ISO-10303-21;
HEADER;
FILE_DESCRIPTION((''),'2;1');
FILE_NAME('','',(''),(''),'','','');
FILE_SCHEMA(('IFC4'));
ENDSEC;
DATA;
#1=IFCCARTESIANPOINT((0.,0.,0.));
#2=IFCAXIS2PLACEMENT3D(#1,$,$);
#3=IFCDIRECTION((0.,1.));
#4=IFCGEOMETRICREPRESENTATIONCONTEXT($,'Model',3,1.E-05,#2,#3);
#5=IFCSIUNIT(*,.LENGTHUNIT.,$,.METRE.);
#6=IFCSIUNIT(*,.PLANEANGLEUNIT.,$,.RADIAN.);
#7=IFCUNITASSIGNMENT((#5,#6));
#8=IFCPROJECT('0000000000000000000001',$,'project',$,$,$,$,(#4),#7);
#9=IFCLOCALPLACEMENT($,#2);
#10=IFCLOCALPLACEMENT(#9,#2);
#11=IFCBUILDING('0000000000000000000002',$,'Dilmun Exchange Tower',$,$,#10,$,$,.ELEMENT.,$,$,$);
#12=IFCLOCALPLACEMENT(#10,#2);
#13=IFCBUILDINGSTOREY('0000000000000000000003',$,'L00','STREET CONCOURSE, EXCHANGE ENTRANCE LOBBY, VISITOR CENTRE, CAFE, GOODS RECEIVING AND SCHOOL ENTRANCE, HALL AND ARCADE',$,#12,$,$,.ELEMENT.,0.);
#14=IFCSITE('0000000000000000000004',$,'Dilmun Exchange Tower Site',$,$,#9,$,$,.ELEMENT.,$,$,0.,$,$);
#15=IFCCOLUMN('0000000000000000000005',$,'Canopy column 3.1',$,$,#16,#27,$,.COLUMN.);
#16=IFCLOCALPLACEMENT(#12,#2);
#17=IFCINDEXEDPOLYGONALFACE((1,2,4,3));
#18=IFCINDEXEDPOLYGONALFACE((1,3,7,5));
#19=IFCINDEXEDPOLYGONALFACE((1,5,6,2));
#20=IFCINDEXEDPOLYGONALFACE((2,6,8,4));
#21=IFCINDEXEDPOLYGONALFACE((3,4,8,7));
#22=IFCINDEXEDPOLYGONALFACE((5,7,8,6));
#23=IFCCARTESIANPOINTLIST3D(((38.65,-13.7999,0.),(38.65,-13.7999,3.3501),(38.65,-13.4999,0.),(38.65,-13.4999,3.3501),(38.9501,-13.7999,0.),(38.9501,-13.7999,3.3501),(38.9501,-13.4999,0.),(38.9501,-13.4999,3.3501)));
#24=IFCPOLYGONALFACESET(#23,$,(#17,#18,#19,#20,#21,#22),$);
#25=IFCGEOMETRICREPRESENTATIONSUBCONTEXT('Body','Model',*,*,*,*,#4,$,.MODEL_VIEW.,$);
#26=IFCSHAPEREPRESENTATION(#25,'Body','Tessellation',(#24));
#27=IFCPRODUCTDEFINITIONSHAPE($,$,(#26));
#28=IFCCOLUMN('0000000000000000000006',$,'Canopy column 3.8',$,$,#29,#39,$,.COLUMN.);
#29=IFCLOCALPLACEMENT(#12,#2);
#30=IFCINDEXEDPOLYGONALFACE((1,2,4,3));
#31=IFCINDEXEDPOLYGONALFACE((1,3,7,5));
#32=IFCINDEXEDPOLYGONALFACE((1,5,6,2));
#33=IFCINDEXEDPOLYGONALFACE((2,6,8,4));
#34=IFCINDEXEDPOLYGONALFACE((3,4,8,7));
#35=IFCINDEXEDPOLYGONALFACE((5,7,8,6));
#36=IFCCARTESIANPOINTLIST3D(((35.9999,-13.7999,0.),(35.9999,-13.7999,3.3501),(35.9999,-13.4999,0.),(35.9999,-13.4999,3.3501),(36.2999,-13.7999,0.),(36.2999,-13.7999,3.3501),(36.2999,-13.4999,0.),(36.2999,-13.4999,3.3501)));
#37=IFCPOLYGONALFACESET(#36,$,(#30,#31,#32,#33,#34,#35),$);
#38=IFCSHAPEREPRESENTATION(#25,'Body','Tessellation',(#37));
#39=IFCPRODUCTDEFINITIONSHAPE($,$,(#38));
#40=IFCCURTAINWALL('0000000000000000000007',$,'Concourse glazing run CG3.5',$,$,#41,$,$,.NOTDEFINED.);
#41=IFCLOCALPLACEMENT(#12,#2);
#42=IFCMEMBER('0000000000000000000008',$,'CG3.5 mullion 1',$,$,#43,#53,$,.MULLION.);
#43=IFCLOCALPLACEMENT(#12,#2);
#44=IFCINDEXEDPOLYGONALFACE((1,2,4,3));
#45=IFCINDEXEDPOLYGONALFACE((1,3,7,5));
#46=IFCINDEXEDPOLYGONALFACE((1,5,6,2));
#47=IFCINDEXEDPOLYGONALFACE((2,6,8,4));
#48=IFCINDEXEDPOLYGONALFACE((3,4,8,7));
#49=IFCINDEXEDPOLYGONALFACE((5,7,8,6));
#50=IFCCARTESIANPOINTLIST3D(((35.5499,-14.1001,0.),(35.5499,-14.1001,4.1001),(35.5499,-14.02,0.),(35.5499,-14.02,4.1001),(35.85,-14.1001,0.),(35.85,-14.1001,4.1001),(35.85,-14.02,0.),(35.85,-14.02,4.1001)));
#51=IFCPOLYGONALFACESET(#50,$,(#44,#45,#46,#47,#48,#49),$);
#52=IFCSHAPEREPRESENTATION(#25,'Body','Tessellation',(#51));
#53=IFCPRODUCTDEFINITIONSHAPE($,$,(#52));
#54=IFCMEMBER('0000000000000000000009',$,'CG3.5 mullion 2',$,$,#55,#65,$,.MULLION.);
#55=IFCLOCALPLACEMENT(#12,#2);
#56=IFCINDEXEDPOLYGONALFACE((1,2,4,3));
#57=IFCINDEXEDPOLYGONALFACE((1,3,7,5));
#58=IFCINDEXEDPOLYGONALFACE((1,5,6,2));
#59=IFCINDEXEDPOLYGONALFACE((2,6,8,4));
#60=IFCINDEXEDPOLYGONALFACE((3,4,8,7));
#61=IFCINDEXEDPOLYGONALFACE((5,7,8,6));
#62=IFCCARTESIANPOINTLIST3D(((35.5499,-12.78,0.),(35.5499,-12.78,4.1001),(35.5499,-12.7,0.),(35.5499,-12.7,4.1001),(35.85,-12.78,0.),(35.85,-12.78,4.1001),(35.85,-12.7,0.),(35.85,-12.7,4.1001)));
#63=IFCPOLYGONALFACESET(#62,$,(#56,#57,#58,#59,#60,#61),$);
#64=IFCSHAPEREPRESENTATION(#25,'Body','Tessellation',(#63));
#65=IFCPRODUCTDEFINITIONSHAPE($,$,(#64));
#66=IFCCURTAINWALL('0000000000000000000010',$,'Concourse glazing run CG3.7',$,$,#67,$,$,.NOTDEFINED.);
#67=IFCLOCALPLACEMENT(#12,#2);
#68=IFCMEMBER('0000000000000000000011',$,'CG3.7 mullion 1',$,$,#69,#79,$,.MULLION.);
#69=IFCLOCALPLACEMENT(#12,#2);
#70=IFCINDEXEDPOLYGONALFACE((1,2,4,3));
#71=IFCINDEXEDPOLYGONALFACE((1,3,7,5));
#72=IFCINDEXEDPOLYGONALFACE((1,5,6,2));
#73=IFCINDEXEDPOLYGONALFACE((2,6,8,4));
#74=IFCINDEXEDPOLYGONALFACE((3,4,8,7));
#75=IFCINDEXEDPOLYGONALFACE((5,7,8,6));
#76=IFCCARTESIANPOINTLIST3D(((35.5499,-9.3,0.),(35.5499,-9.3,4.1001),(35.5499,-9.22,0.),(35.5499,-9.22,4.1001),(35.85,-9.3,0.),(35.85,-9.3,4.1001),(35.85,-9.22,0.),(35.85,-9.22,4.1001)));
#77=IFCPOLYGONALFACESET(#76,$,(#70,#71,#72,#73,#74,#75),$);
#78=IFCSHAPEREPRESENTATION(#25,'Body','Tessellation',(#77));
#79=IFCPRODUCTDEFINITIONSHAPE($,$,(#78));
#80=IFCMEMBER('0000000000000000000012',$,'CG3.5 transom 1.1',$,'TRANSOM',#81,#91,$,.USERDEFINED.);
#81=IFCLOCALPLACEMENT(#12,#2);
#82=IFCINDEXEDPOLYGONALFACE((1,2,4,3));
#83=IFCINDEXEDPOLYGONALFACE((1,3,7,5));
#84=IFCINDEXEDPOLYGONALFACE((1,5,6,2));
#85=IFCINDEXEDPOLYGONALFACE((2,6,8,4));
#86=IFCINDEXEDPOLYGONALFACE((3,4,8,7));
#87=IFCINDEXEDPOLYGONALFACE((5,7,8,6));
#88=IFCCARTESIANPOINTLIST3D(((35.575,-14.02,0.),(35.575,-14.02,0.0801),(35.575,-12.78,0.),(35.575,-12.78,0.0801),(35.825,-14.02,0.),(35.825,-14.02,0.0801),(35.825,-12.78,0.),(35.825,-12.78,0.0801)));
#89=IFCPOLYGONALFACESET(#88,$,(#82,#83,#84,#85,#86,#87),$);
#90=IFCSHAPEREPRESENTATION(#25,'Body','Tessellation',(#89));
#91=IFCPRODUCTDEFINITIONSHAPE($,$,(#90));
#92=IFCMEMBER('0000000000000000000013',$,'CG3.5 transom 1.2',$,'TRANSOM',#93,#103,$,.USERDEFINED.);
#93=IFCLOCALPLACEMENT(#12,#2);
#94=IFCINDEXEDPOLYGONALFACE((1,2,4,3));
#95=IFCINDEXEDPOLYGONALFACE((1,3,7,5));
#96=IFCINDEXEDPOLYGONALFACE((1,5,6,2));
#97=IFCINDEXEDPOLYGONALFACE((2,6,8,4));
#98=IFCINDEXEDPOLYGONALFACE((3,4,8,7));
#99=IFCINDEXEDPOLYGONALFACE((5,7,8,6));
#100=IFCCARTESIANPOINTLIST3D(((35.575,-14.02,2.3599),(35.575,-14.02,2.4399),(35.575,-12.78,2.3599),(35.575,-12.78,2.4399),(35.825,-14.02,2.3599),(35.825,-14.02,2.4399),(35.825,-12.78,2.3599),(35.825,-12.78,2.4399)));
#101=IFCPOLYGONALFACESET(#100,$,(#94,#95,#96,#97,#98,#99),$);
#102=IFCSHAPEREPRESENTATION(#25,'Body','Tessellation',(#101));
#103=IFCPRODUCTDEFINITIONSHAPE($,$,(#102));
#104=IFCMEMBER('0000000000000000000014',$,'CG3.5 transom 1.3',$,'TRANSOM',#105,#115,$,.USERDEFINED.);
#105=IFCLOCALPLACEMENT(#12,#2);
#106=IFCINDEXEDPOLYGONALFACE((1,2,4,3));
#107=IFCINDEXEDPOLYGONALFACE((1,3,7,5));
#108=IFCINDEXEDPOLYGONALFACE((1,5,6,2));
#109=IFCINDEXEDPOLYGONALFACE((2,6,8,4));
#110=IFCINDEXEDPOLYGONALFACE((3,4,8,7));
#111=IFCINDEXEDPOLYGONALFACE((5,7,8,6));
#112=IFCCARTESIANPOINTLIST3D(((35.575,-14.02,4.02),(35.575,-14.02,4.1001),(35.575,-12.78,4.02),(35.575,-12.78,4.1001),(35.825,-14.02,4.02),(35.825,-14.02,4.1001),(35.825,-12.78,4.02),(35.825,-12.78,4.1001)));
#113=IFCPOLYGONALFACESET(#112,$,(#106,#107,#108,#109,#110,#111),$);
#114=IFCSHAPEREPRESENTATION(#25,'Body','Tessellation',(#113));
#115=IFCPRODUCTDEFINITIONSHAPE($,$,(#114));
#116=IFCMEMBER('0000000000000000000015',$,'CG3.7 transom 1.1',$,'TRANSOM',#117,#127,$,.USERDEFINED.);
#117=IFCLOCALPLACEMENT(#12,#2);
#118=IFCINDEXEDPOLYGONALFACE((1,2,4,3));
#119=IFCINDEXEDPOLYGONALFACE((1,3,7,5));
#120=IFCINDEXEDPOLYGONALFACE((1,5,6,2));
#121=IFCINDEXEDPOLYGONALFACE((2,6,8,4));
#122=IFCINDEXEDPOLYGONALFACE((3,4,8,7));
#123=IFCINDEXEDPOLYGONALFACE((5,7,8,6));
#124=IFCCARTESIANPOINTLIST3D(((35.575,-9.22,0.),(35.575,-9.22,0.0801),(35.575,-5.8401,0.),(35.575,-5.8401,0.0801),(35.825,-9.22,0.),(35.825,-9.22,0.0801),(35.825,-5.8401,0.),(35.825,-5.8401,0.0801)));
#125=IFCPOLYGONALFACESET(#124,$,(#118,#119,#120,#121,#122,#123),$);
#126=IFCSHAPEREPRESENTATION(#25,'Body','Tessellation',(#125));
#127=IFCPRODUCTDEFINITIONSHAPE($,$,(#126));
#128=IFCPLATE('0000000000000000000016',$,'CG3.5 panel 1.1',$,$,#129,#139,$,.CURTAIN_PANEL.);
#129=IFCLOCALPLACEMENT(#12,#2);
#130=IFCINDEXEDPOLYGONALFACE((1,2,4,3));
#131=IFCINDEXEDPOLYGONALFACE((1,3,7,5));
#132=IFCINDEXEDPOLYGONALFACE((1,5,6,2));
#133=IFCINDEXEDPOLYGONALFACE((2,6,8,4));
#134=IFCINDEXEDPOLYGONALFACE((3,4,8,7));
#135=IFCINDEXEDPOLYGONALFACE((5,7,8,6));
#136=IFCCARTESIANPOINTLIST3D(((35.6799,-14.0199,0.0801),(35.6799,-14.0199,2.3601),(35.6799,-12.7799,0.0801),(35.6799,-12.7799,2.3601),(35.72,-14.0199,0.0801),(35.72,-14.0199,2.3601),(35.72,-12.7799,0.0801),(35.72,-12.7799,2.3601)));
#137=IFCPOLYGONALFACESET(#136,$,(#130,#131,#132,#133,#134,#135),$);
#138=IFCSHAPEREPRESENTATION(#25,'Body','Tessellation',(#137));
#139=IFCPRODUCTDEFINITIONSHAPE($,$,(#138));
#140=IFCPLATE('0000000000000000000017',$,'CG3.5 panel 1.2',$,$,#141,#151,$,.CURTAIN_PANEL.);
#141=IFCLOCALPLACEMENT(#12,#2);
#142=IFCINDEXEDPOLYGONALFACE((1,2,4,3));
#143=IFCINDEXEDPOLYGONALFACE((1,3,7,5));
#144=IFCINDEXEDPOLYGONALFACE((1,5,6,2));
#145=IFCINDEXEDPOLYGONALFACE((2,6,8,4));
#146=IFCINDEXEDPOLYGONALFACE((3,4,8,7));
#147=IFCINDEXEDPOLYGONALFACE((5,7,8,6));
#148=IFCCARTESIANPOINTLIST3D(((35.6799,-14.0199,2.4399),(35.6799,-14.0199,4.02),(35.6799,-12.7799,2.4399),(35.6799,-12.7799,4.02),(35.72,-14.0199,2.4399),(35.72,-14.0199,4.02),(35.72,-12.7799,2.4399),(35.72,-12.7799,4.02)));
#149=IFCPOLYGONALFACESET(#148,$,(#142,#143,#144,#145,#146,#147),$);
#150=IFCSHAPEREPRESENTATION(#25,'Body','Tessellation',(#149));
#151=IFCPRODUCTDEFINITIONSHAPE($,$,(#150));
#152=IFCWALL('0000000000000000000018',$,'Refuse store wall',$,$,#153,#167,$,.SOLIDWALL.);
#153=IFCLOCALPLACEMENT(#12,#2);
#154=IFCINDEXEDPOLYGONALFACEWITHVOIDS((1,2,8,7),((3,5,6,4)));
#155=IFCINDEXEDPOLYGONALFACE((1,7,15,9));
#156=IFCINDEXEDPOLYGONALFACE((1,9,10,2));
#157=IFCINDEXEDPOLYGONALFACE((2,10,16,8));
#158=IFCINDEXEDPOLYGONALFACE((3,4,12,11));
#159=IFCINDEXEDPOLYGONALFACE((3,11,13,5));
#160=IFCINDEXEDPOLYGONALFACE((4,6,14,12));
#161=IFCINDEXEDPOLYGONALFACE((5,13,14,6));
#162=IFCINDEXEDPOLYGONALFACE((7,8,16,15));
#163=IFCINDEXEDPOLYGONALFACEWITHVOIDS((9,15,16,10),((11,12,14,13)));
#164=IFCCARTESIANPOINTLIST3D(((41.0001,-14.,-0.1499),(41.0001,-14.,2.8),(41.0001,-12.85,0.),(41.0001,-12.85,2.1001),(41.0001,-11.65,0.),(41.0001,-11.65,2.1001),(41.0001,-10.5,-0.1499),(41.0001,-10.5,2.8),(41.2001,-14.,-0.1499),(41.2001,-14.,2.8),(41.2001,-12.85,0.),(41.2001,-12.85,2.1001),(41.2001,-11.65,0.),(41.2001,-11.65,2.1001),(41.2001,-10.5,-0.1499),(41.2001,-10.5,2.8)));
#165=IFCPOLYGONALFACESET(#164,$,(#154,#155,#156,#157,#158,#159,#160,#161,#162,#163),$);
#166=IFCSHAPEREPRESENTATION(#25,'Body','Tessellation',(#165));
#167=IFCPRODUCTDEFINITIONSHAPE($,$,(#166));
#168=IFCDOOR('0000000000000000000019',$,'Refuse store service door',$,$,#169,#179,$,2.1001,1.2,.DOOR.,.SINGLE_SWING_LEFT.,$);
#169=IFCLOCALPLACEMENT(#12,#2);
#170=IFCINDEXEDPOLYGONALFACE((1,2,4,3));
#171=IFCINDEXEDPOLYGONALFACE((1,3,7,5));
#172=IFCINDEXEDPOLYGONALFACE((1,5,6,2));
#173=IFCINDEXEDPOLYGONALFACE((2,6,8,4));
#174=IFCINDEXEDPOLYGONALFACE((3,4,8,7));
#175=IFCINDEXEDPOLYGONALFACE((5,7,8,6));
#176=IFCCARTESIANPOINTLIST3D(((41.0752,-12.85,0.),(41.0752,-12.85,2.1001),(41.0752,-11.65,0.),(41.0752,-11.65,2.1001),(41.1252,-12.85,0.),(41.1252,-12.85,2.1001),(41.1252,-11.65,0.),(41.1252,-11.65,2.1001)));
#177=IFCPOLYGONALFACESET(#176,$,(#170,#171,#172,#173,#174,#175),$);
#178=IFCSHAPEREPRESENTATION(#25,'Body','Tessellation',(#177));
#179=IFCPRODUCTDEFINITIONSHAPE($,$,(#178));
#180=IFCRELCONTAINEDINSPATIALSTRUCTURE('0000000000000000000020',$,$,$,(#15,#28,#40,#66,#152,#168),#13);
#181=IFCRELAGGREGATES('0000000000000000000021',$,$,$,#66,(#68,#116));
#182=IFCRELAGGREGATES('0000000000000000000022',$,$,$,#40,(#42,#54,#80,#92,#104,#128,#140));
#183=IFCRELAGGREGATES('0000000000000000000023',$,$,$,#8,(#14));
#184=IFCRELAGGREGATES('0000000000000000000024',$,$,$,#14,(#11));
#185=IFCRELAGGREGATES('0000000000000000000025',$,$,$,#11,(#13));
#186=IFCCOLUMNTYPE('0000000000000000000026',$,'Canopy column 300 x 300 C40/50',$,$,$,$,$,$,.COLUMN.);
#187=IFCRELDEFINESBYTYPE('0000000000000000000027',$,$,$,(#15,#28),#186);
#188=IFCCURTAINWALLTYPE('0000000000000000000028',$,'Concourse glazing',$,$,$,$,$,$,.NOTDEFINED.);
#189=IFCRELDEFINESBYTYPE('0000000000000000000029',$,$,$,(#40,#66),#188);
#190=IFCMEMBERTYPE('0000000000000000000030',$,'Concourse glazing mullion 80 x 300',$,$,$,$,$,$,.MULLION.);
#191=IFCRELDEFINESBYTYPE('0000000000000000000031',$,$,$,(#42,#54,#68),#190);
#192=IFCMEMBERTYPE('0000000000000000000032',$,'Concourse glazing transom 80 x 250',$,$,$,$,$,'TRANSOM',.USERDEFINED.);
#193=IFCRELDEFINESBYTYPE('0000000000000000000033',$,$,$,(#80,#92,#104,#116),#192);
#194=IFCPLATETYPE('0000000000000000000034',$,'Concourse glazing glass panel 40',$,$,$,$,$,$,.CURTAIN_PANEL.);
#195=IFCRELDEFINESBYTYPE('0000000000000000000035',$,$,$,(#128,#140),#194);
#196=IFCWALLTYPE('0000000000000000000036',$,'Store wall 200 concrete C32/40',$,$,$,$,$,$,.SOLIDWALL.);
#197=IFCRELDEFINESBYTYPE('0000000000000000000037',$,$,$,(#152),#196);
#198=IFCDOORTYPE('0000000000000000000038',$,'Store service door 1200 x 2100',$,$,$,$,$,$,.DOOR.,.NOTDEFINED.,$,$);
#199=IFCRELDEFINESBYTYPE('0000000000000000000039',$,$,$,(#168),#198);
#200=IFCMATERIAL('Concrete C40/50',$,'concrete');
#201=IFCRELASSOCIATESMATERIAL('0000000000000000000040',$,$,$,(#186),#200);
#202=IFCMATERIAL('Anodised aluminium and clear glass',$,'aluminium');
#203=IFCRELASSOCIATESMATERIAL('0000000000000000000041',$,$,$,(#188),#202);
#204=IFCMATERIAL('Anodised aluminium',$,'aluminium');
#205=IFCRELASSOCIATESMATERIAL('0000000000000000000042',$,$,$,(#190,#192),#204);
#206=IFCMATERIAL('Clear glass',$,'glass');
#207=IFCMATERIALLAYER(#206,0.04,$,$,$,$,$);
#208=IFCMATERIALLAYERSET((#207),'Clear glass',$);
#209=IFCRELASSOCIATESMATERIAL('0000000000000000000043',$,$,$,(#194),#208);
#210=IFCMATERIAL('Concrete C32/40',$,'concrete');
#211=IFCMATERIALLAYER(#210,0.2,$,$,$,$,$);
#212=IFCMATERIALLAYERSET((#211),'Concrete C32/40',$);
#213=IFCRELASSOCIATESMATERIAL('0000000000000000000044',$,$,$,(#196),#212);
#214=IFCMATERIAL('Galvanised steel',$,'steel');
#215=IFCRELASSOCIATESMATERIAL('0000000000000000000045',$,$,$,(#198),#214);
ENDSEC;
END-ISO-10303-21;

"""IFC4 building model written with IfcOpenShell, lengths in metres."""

from ifc_helpers import new_model, si_unit, direction, frame, frame_2d, origin, origin_2d, place, context, subcontext, project, spatial, rectangle, extrude, material, layer, layer_set, material_profile, profile_set, type_object, element, fill, aggregate, save


model = new_model("IFC4")

# Units and contexts
model_context = context("Model", 3, precision=1e-05, world=origin(), true_north=direction((0.0, 1.0)))
body_context = subcontext(model_context, "Body", "Model", "MODEL_VIEW")
ifc_project = project(units=[si_unit("LENGTHUNIT", "METRE"), si_unit("PLANEANGLEUNIT", "RADIAN")], contexts=[model_context])

# Site, building, storey
site_placement = place(None, origin())
site = spatial("IfcSite", under=ifc_project, at=site_placement, Name="Dilmun Exchange Tower Site", CompositionType="ELEMENT", RefElevation=0.0)
building_placement = place(site_placement, origin())
building = spatial("IfcBuilding", under=site, at=building_placement, Name="Dilmun Exchange Tower", CompositionType="ELEMENT")
storey_placement = place(building_placement, origin())
storey = spatial("IfcBuildingStorey", under=building, at=storey_placement, Name="L00", Description="STREET CONCOURSE, EXCHANGE ENTRANCE LOBBY, VISITOR CENTRE, CAFE, GOODS RECEIVING AND SCHOOL ENTRANCE, HALL AND ARCADE", CompositionType="ELEMENT", Elevation=0.0)

# Columns
ifc_material_1 = material(Name="Concrete C40/50", Category="concrete")
ifc_material_profile_1 = material_profile(ifc_material_1, rectangle(XDim=0.3, YDim=0.3, at=origin_2d()), Name="300 x 300")
ifc_profile_set_1 = profile_set([ifc_material_profile_1], Name="Concrete C40/50")
column_type = type_object("IfcColumnType", Name="Canopy column 300 x 300 C40/50", PredefinedType="COLUMN", material=ifc_profile_set_1)
for number, where, z_axis, x_axis, name in (
    (1, (38.8, -13.6499, 0.0), (0.0, 0.0, 1.0), (0.0, 1.0, 0.0), "Canopy column 3.1"),
    (2, (36.1499, -13.6499, 0.0), (0.0, 0.0, 1.0), (0.0, 1.0, 0.0), "Canopy column 3.8"),
):
    element("IfcColumn", number, at=place(storey_placement, frame(where, z_axis=z_axis, x_axis=x_axis)), inside=storey, type_object=column_type, Name=name, PredefinedType="COLUMN", context=body_context, shape_type="SweptSolid", body=[
        extrude(rectangle(XDim=0.3, YDim=0.3, at=origin_2d()), origin(), (0.0, 0.0, 1.0), 3.3501),
    ])

# Curtain wall, members
ifc_material_2 = material(Name="Anodised aluminium and clear glass", Category="aluminium")
curtain_wall_type = type_object("IfcCurtainWallType", Name="Concourse glazing", PredefinedType="NOTDEFINED", material=ifc_material_2)
curtain_wall_1_placement = place(storey_placement, origin())
curtain_wall_1 = element("IfcCurtainWall", 3, at=curtain_wall_1_placement, inside=storey, type_object=curtain_wall_type, Name="Concourse glazing run CG3.5", PredefinedType="NOTDEFINED")
ifc_material_3 = material(Name="Anodised aluminium", Category="aluminium")
ifc_material_profile_2 = material_profile(ifc_material_3, rectangle(XDim=0.3, YDim=0.0801, at=origin_2d()), Name="AL 80x300")
ifc_profile_set_2 = profile_set([ifc_material_profile_2], Name="Anodised aluminium")
member_type_1 = type_object("IfcMemberType", Name="Concourse glazing mullion 80 x 300", PredefinedType="MULLION", material=ifc_profile_set_2)
member_1_placement = place(storey_placement, frame((35.7, -14.0601, 0.0), z_axis=(0.0, 0.0, 1.0), x_axis=(-1.0, 0.0, 0.0)))
member_1 = element("IfcMember", 4, at=member_1_placement, type_object=member_type_1, Name="CG3.5 mullion 1", PredefinedType="MULLION", context=body_context, shape_type="SweptSolid", body=[
    extrude(rectangle(XDim=0.3, YDim=0.0801, at=origin_2d()), origin(), (0.0, 0.0, 1.0), 4.1001),
])
member_2_placement = place(storey_placement, frame((35.7, -12.74, 0.0), z_axis=(0.0, 0.0, 1.0), x_axis=(-1.0, 0.0, 0.0)))
member_2 = element("IfcMember", 5, at=member_2_placement, type_object=member_type_1, Name="CG3.5 mullion 2", PredefinedType="MULLION", context=body_context, shape_type="SweptSolid", body=[
    extrude(rectangle(XDim=0.3, YDim=0.0801, at=origin_2d()), origin(), (0.0, 0.0, 1.0), 4.1001),
])

# Curtain wall, member
curtain_wall_2_placement = place(storey_placement, origin())
curtain_wall_2 = element("IfcCurtainWall", 6, at=curtain_wall_2_placement, inside=storey, type_object=curtain_wall_type, Name="Concourse glazing run CG3.7", PredefinedType="NOTDEFINED")
member_3_placement = place(storey_placement, frame((35.7, -9.26, 0.0), z_axis=(0.0, 0.0, 1.0), x_axis=(-1.0, 0.0, 0.0)))
member_3 = element("IfcMember", 7, at=member_3_placement, type_object=member_type_1, Name="CG3.7 mullion 1", PredefinedType="MULLION", context=body_context, shape_type="SweptSolid", body=[
    extrude(rectangle(XDim=0.3, YDim=0.0801, at=origin_2d()), origin(), (0.0, 0.0, 1.0), 4.1001),
])

# Members
ifc_material_profile_3 = material_profile(ifc_material_3, rectangle(XDim=0.25, YDim=0.0801, at=origin_2d()), Name="AL 80x250")
ifc_profile_set_3 = profile_set([ifc_material_profile_3], Name="Anodised aluminium")
member_type_2 = type_object("IfcMemberType", Name="Concourse glazing transom 80 x 250", ElementType="TRANSOM", PredefinedType="USERDEFINED", material=ifc_profile_set_3)
member_4_placement = place(storey_placement, frame((35.7, -14.02, 0.04), z_axis=(0.0, 1.0, 0.0), x_axis=(-1.0, 0.0, 0.0)))
member_4 = element("IfcMember", 8, at=member_4_placement, type_object=member_type_2, Name="CG3.5 transom 1.1", ObjectType="TRANSOM", PredefinedType="USERDEFINED", context=body_context, shape_type="SweptSolid", body=[
    extrude(rectangle(XDim=0.25, YDim=0.0801, at=origin_2d()), origin(), (0.0, 0.0, 1.0), 1.24),
])
member_5_placement = place(storey_placement, frame((35.7, -14.02, 2.3999), z_axis=(0.0, 1.0, 0.0), x_axis=(-1.0, 0.0, 0.0)))
member_5 = element("IfcMember", 9, at=member_5_placement, type_object=member_type_2, Name="CG3.5 transom 1.2", ObjectType="TRANSOM", PredefinedType="USERDEFINED", context=body_context, shape_type="SweptSolid", body=[
    extrude(rectangle(XDim=0.25, YDim=0.0801, at=origin_2d()), origin(), (0.0, 0.0, 1.0), 1.24),
])
member_6_placement = place(storey_placement, frame((35.7, -14.02, 4.0601), z_axis=(0.0, 1.0, 0.0), x_axis=(-1.0, 0.0, 0.0)))
member_6 = element("IfcMember", 10, at=member_6_placement, type_object=member_type_2, Name="CG3.5 transom 1.3", ObjectType="TRANSOM", PredefinedType="USERDEFINED", context=body_context, shape_type="SweptSolid", body=[
    extrude(rectangle(XDim=0.25, YDim=0.0801, at=origin_2d()), origin(), (0.0, 0.0, 1.0), 1.24),
])
member_7_placement = place(storey_placement, frame((35.7, -9.22, 0.04), z_axis=(0.0, 1.0, 0.0), x_axis=(-1.0, 0.0, 0.0)))
member_7 = element("IfcMember", 11, at=member_7_placement, type_object=member_type_2, Name="CG3.7 transom 1.1", ObjectType="TRANSOM", PredefinedType="USERDEFINED", context=body_context, shape_type="SweptSolid", body=[
    extrude(rectangle(XDim=0.25, YDim=0.0801, at=origin_2d()), origin(), (0.0, 0.0, 1.0), 3.3799),
])
aggregate(curtain_wall_2, [member_3, member_7])

# Plates
ifc_material_4 = material(Name="Clear glass", Category="glass")
ifc_layer_1 = layer(ifc_material_4, 0.04)
ifc_layer_set_1 = layer_set([ifc_layer_1], Name="Clear glass")
plate_type = type_object("IfcPlateType", Name="Concourse glazing glass panel 40", PredefinedType="CURTAIN_PANEL", material=ifc_layer_set_1)
plate_1_placement = place(storey_placement, frame((35.7, -13.3999, 0.0801), z_axis=(0.0, 0.0, 1.0), x_axis=(0.0, 1.0, 0.0)))
plate_1 = element("IfcPlate", 12, at=plate_1_placement, type_object=plate_type, Name="CG3.5 panel 1.1", PredefinedType="CURTAIN_PANEL", context=body_context, shape_type="SweptSolid", body=[
    extrude(rectangle(XDim=1.24, YDim=0.04, at=origin_2d()), origin(), (0.0, 0.0, 1.0), 2.28),
])
plate_2_placement = place(storey_placement, frame((35.7, -13.3999, 2.4399), z_axis=(0.0, 0.0, 1.0), x_axis=(0.0, 1.0, 0.0)))
plate_2 = element("IfcPlate", 13, at=plate_2_placement, type_object=plate_type, Name="CG3.5 panel 1.2", PredefinedType="CURTAIN_PANEL", context=body_context, shape_type="SweptSolid", body=[
    extrude(rectangle(XDim=1.24, YDim=0.04, at=origin_2d()), origin(), (0.0, 0.0, 1.0), 1.5801),
])
aggregate(curtain_wall_1, [member_1, member_2, member_4, member_5, member_6, plate_1, plate_2])

# Wall, opening, door
ifc_material_5 = material(Name="Concrete C32/40", Category="concrete")
ifc_layer_2 = layer(ifc_material_5, 0.2)
ifc_layer_set_2 = layer_set([ifc_layer_2], Name="Concrete C32/40")
wall_type_1 = type_object("IfcWallType", Name="Store wall 200 concrete C32/40", PredefinedType="SOLIDWALL", material=ifc_layer_set_2)
wall_1_placement = place(storey_placement, frame((41.1001, -14.0, -0.1499), z_axis=(0.0, 0.0, 1.0), x_axis=(0.0, 1.0, 0.0)))
wall_1 = element("IfcWall", 14, at=wall_1_placement, inside=storey, type_object=wall_type_1, Name="Refuse store wall", PredefinedType="SOLIDWALL", context=body_context, shape_type="SweptSolid", body=[
    extrude(rectangle(XDim=3.5, YDim=0.2, at=frame_2d((1.75, 0.0))), origin(), (0.0, 0.0, 1.0), 2.95),
])
opening_1_placement = place(wall_1_placement, frame((1.1499, 0.0, 0.1499)))
opening_1 = element("IfcOpeningElement", 15, at=opening_1_placement, cuts=wall_1, PredefinedType="OPENING", context=body_context, shape_type="SweptSolid", body=[
    extrude(rectangle(XDim=1.2, YDim=2.1001, at=frame_2d((0.6001, 1.05))), frame((0.0, 0.1099, 0.0), z_axis=(0.0, -1.0, 0.0), x_axis=(1.0, 0.0, 0.0)), (0.0, 0.0, 1.0), 0.22),
])
ifc_material_6 = material(Name="Galvanised steel", Category="steel")
door_type_1 = type_object("IfcDoorType", Name="Store service door 1200 x 2100", OperationType="NOTDEFINED", PredefinedType="DOOR", material=ifc_material_6)
door_1_placement = place(opening_1_placement, origin())
door_1 = element("IfcDoor", 16, at=door_1_placement, inside=storey, type_object=door_type_1, Name="Refuse store service door", OperationType="SINGLE_SWING_LEFT", OverallHeight=2.1001, OverallWidth=1.2, PredefinedType="DOOR", context=body_context, shape_type="SweptSolid", body=[
    extrude(rectangle(XDim=1.2, YDim=2.1001, at=frame_2d((0.6001, 1.05))), frame((0.0, 0.0249, 0.0), z_axis=(0.0, -1.0, 0.0), x_axis=(1.0, 0.0, 0.0)), (0.0, 0.0, 1.0), 0.05),
])
fill(opening_1, door_1)

save(model, "model.ifc")
